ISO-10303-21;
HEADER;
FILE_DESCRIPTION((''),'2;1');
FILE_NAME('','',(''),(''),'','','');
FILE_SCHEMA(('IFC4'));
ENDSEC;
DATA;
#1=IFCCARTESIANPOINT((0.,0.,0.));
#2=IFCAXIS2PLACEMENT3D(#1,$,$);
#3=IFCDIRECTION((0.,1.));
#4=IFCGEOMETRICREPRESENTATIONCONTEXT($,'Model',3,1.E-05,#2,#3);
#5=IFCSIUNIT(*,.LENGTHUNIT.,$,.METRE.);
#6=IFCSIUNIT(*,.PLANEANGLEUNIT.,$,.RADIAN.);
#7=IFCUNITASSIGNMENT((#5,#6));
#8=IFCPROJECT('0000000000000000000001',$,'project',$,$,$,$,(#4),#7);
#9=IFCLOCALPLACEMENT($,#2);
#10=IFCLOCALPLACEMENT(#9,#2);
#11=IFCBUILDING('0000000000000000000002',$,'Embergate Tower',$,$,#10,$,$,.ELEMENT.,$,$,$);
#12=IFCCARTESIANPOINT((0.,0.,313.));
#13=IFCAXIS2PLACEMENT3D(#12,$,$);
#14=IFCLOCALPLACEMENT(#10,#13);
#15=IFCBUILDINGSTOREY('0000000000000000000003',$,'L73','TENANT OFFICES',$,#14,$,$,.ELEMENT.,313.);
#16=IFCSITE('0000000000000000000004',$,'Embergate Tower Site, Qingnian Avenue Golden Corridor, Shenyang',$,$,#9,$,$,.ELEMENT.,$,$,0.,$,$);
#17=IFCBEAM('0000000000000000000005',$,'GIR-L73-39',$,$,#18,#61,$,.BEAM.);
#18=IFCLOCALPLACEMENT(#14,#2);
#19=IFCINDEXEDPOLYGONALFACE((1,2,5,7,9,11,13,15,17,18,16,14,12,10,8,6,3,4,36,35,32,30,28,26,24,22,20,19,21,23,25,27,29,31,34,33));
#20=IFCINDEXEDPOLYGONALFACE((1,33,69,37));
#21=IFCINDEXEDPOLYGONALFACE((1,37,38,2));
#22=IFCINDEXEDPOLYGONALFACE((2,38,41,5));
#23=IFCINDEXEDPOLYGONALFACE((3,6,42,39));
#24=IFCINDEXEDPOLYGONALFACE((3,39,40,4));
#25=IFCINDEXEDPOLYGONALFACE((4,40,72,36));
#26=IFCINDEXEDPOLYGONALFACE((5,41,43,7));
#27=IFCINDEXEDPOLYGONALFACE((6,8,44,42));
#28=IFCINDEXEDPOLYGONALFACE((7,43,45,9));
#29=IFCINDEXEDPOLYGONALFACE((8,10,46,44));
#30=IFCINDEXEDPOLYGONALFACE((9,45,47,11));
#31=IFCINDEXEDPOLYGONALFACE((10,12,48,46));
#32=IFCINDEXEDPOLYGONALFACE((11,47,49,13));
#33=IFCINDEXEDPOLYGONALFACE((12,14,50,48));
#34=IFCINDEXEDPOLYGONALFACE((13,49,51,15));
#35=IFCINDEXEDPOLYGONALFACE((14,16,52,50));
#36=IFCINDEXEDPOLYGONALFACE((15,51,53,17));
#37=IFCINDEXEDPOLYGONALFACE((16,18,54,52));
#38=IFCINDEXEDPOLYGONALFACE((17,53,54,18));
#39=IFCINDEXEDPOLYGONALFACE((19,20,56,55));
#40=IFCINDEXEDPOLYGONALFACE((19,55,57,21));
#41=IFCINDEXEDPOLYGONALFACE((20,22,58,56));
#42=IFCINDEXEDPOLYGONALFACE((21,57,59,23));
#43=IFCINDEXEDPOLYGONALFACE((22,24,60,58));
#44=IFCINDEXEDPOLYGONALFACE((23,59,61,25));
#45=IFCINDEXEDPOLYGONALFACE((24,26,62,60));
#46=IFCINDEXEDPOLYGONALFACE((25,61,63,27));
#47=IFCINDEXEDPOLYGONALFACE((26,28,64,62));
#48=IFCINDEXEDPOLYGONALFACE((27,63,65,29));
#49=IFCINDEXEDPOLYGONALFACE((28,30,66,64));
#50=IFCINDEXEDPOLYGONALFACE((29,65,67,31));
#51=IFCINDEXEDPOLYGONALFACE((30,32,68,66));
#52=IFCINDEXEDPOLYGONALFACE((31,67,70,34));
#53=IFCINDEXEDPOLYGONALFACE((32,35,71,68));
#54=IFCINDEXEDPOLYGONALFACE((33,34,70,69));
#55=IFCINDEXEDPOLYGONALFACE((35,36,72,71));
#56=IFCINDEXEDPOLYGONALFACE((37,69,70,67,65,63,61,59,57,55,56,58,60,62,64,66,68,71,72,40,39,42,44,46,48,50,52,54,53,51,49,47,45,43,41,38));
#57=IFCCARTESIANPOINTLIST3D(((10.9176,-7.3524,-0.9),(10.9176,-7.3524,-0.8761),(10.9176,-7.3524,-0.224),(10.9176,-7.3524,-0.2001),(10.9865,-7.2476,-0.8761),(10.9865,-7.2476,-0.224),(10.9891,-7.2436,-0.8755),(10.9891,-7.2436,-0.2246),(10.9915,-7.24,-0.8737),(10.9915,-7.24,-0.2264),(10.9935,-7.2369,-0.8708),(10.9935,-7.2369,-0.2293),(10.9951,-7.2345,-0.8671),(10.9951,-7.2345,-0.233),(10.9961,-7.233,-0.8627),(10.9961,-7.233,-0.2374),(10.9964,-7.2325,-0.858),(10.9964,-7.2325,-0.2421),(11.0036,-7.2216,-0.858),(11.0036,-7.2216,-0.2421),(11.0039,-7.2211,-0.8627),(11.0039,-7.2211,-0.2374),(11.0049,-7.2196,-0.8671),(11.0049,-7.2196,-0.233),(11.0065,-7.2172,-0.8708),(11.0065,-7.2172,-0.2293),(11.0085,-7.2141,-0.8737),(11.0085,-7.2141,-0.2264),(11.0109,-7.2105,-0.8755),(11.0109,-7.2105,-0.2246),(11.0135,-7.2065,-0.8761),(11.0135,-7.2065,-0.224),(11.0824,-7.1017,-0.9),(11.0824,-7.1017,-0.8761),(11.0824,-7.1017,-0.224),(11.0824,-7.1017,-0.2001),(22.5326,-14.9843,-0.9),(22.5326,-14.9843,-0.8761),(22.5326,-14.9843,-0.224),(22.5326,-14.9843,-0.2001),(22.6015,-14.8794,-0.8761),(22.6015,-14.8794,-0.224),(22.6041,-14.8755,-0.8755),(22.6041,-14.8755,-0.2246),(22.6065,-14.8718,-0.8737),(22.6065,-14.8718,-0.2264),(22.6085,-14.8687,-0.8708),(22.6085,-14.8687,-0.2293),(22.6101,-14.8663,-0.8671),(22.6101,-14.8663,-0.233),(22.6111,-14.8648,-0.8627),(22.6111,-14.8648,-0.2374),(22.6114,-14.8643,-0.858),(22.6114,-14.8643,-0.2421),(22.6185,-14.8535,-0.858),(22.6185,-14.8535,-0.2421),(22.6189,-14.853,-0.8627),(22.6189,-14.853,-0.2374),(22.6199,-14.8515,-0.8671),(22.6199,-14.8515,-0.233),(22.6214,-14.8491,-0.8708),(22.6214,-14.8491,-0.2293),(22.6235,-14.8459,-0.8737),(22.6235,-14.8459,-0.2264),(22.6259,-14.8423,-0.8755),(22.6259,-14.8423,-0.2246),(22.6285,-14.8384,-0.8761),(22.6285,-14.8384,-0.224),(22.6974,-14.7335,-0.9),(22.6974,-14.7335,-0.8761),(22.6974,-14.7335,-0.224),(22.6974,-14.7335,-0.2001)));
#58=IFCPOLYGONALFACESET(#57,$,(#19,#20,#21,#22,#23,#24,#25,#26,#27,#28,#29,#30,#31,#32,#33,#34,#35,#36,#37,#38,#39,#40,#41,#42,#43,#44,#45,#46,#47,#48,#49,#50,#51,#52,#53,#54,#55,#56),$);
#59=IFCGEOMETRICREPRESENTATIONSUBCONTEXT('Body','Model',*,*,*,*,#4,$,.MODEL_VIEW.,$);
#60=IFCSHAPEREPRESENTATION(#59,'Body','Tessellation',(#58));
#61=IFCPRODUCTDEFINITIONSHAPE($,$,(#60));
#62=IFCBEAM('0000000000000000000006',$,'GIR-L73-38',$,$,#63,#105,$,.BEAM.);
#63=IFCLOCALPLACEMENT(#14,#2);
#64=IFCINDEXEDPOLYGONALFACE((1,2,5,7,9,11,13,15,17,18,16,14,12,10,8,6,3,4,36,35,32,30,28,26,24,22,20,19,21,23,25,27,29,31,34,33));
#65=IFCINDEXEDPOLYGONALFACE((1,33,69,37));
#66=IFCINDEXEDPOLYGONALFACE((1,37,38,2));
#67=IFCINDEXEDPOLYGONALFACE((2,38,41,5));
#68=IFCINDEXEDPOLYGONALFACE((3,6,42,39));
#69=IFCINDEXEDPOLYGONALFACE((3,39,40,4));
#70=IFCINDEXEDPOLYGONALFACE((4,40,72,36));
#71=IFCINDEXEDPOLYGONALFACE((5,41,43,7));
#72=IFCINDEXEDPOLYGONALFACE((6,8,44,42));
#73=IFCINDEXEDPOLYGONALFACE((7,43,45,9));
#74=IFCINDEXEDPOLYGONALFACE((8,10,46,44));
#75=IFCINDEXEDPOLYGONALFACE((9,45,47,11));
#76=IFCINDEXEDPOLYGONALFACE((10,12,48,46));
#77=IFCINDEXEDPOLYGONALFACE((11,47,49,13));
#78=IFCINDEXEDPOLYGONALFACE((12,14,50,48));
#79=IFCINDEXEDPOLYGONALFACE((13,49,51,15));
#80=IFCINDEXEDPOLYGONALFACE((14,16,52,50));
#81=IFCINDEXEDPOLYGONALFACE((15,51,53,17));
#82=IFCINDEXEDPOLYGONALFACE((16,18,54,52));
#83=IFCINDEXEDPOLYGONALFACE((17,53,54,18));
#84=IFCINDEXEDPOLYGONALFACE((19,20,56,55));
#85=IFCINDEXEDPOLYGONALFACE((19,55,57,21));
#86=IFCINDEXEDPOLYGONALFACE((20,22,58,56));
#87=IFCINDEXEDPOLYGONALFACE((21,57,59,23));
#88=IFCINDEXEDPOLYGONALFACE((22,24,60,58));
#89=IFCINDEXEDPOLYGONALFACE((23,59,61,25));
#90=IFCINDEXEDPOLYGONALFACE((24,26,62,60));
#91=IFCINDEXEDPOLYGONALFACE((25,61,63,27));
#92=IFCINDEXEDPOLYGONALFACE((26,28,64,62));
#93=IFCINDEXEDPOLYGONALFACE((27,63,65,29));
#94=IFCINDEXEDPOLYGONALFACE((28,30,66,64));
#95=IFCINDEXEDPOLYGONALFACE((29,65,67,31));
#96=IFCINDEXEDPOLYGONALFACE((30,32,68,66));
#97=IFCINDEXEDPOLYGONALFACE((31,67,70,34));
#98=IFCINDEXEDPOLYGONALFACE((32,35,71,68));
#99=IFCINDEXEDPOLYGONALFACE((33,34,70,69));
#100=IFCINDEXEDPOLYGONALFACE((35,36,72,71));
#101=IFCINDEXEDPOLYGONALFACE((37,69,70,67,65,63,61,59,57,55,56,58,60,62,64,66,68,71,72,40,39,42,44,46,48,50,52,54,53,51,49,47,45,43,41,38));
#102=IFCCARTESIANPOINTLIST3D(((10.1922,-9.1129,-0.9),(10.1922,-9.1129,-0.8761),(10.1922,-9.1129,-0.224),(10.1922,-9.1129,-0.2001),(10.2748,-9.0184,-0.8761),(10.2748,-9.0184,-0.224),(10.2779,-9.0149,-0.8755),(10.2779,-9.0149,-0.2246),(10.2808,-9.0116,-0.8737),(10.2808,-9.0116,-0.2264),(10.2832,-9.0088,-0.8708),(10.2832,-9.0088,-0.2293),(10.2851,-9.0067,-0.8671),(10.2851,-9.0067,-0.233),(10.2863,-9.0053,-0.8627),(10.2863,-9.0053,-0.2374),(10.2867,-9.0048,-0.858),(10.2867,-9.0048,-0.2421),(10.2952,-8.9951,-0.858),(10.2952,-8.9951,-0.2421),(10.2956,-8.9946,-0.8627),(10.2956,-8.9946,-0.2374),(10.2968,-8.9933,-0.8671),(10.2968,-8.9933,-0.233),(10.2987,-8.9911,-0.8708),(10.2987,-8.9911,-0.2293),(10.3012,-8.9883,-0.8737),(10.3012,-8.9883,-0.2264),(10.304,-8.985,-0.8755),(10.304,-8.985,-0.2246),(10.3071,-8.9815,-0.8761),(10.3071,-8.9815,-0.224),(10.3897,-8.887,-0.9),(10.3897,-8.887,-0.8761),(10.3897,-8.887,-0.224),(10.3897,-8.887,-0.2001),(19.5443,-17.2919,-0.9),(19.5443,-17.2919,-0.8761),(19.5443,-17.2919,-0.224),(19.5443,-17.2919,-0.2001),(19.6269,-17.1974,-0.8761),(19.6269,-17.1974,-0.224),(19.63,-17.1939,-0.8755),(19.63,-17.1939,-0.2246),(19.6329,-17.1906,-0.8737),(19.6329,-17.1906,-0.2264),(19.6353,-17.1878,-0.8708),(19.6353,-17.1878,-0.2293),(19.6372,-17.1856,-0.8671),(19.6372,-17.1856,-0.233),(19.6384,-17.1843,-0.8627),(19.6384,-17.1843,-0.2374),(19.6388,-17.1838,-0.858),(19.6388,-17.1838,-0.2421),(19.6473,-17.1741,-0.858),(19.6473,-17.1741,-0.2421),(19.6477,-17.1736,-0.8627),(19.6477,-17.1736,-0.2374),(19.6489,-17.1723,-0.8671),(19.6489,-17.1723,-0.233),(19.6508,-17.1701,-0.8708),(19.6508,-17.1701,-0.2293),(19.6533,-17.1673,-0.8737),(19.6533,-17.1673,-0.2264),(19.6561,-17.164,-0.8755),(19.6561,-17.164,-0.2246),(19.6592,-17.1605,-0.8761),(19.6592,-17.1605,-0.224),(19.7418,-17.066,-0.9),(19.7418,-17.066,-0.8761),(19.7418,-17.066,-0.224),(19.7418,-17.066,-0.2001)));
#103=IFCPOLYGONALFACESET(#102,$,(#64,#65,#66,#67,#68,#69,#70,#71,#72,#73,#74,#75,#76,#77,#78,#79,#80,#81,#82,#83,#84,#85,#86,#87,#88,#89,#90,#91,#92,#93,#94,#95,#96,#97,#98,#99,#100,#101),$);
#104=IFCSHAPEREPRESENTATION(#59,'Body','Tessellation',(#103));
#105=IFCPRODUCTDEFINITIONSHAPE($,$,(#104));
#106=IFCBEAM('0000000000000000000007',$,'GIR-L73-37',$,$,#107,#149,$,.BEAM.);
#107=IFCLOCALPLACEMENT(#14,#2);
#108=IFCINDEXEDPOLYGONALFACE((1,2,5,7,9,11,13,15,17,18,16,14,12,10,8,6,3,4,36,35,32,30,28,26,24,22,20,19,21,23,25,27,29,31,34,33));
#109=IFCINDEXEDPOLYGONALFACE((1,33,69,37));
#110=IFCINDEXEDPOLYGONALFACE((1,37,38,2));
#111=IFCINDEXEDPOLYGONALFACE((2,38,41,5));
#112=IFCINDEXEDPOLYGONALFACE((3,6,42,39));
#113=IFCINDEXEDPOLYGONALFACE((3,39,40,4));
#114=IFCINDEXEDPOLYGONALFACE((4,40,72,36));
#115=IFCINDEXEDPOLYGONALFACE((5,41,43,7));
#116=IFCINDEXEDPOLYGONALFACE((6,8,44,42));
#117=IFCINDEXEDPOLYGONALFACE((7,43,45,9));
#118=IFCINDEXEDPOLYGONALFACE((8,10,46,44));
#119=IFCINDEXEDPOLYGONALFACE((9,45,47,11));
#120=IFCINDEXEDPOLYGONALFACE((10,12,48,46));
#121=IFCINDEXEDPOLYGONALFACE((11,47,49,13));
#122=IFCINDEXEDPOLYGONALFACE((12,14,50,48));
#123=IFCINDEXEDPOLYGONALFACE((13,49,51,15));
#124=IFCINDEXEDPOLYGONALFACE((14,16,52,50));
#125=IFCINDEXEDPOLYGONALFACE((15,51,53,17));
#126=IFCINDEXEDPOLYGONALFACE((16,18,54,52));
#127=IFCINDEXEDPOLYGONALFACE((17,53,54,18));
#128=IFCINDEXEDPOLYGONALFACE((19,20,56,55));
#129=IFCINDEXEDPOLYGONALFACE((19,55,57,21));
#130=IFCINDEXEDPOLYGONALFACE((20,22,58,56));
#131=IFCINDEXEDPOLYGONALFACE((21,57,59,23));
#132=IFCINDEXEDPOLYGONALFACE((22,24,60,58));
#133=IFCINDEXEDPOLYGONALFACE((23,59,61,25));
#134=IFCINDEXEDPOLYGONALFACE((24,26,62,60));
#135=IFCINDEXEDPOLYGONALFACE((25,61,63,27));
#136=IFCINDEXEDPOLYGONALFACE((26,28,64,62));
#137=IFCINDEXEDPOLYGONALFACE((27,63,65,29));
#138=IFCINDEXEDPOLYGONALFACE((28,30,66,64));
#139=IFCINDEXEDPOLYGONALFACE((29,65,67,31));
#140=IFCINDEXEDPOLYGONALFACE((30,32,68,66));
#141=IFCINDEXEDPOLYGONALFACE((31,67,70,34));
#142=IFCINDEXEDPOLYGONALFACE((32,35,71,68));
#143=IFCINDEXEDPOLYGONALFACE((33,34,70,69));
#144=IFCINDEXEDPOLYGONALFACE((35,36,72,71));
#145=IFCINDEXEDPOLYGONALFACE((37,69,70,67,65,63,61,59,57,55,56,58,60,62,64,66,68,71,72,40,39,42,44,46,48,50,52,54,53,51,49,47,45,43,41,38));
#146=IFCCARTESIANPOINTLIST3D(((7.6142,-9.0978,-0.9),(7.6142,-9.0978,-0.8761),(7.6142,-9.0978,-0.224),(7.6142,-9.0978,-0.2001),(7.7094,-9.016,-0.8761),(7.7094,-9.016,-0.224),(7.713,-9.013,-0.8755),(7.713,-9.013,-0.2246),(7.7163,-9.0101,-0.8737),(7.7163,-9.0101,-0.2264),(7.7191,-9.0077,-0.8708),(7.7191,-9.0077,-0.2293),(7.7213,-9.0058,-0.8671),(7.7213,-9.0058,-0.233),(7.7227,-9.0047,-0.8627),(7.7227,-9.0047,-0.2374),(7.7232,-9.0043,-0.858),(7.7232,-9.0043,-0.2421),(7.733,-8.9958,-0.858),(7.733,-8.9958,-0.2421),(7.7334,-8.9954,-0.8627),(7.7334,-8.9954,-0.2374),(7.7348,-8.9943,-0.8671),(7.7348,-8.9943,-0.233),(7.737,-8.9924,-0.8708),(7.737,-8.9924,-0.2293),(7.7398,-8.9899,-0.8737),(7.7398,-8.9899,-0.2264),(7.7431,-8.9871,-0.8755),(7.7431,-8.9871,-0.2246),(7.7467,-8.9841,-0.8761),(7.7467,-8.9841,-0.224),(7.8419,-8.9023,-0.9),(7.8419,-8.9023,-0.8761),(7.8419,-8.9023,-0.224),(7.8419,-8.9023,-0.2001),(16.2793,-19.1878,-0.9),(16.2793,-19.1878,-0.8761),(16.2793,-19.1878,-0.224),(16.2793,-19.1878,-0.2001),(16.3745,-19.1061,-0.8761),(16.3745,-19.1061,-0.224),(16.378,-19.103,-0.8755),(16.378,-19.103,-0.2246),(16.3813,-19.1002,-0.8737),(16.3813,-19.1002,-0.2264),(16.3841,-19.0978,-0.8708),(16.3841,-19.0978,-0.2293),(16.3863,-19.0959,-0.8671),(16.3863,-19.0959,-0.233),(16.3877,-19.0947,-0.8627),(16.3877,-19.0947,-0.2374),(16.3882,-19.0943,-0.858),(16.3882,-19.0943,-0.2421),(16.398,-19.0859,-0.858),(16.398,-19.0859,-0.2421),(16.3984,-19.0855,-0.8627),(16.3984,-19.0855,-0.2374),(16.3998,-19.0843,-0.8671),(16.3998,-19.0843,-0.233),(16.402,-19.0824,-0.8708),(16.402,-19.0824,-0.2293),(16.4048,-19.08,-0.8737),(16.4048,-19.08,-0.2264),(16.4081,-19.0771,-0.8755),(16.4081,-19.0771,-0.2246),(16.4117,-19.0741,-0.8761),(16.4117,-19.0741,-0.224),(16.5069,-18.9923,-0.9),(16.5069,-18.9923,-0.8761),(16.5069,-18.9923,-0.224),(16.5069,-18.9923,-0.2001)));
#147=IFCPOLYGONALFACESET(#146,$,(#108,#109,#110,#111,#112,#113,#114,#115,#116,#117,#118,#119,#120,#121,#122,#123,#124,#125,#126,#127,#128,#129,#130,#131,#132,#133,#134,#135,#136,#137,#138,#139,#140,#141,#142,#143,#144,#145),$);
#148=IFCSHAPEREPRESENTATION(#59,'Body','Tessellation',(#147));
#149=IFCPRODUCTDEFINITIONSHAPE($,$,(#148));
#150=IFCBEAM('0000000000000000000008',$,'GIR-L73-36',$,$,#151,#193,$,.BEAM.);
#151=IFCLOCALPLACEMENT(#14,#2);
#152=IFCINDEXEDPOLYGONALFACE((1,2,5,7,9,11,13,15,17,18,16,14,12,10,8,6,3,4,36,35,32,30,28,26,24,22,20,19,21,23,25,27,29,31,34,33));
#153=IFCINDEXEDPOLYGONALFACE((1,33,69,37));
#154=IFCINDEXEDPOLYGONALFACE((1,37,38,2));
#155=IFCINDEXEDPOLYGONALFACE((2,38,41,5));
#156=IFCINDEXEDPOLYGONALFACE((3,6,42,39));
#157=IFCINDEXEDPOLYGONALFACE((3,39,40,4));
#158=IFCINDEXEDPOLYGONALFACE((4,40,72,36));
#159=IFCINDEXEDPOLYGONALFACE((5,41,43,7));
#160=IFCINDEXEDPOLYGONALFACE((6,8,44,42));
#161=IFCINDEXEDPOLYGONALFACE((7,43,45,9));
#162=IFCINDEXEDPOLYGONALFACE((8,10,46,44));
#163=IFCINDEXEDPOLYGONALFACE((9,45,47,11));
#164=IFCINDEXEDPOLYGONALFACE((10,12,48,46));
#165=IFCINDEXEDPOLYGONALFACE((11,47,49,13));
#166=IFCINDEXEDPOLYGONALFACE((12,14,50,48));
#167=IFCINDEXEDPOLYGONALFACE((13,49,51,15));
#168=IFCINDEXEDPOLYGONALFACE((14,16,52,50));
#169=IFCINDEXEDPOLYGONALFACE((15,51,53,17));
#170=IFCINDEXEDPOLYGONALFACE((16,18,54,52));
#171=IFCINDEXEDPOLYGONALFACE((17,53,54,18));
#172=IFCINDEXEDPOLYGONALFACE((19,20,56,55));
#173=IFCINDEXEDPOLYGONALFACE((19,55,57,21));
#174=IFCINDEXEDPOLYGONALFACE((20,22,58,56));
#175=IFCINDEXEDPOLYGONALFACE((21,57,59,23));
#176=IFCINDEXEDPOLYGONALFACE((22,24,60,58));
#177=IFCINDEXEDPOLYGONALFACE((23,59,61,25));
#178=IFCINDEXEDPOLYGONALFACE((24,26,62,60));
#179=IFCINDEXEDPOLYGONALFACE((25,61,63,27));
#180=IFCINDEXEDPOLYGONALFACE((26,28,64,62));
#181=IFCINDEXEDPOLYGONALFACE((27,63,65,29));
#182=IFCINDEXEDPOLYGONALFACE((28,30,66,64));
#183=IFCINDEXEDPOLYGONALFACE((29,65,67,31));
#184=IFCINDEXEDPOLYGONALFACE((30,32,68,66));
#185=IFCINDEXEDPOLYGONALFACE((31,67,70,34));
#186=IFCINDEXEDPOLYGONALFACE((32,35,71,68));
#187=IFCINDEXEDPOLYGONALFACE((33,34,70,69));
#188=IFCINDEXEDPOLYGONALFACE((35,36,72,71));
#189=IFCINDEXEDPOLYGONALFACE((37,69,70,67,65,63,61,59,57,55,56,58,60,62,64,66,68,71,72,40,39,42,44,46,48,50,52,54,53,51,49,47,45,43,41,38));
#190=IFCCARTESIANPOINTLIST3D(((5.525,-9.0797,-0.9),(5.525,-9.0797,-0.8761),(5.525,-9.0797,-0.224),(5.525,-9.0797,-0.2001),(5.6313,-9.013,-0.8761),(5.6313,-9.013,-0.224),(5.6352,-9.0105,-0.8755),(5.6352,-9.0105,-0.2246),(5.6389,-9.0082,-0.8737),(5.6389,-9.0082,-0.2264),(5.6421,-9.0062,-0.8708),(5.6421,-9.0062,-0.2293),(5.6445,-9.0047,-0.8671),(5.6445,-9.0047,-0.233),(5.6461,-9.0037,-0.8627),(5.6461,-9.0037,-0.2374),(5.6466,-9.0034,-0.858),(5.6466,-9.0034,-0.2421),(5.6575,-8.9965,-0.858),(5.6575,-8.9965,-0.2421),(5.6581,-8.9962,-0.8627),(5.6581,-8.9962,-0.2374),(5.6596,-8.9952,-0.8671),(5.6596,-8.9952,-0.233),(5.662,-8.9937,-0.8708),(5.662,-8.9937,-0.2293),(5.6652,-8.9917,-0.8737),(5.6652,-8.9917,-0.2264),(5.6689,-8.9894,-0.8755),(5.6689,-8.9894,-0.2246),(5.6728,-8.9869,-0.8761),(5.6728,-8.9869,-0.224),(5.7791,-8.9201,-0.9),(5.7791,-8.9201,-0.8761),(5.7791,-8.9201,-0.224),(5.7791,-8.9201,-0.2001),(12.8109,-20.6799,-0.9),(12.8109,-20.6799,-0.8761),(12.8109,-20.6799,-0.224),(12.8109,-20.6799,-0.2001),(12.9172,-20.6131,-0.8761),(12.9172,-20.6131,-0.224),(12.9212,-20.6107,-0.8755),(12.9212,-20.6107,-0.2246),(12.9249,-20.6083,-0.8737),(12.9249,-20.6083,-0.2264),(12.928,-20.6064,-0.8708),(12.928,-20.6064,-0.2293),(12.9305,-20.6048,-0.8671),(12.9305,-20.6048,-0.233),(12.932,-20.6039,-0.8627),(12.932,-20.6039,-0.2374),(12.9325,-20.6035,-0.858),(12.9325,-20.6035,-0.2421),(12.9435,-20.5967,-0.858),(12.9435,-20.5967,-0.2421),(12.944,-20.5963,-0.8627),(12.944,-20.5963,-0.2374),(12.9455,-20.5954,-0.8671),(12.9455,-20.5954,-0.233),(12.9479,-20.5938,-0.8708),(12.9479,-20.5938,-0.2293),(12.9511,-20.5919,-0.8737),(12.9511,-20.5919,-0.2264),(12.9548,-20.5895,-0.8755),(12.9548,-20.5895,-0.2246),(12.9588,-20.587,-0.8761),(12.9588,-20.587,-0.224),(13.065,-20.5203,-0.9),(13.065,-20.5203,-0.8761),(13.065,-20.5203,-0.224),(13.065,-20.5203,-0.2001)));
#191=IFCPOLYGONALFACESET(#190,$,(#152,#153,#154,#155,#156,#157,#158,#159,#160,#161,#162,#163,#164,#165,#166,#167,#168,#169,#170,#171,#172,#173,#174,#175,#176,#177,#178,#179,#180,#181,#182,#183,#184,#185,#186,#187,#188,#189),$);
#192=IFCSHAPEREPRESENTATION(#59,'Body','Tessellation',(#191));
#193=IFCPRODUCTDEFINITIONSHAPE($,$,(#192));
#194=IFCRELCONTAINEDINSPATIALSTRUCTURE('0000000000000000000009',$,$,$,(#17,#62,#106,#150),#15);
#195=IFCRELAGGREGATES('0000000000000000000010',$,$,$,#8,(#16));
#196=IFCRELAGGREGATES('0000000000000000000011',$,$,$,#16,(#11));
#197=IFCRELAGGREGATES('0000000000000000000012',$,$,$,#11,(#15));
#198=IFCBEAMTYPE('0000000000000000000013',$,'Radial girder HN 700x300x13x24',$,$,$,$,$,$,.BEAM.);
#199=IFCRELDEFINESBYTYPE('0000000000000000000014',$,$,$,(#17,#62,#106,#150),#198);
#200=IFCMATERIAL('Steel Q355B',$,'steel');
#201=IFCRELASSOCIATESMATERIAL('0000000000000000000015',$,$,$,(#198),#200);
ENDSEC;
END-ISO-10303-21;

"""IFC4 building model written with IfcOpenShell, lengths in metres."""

from ifc_helpers import new_model, si_unit, direction, frame, origin, origin_2d, place, context, subcontext, project, spatial, i_section, extrude, source, transform, mapped, material, material_profile, profile_set, type_object, element, save


model = new_model("IFC4")

# Units and contexts
model_context = context("Model", 3, precision=1e-05, world=origin(), true_north=direction((0.0, 1.0)))
body_context = subcontext(model_context, "Body", "Model", "MODEL_VIEW")
ifc_project = project(units=[si_unit("LENGTHUNIT", "METRE"), si_unit("PLANEANGLEUNIT", "RADIAN")], contexts=[model_context])

# Site, building, storey
site_placement = place(None, origin())
site = spatial("IfcSite", under=ifc_project, at=site_placement, Name="Embergate Tower Site, Qingnian Avenue Golden Corridor, Shenyang", CompositionType="ELEMENT", RefElevation=0.0)
building_placement = place(site_placement, origin())
building = spatial("IfcBuilding", under=site, at=building_placement, Name="Embergate Tower", CompositionType="ELEMENT")
storey_placement = place(building_placement, frame((0.0, 0.0, 313.0)))
storey = spatial("IfcBuildingStorey", under=building, at=storey_placement, Name="L73", Description="TENANT OFFICES", CompositionType="ELEMENT", Elevation=313.0)

# Beams
ifc_material_1 = material(Name="Steel Q355B", Category="steel")
ifc_material_profile_1 = material_profile(ifc_material_1, i_section(OverallWidth=0.3, OverallDepth=0.7, WebThickness=0.0129, FlangeThickness=0.0239, FilletRadius=0.0181, at=origin_2d()), Name="HN 700x300x13x24")
ifc_profile_set_1 = profile_set([ifc_material_profile_1], Name="Steel Q355 grade B")
beam_type_1 = type_object("IfcBeamType", Name="Radial girder HN 700x300x13x24", PredefinedType="BEAM", material=ifc_profile_set_1)
shared_shape_1 = source(origin(), body_context, "Body", "SweptSolid", [
    extrude(i_section(OverallWidth=0.3, OverallDepth=0.7, WebThickness=0.0129, FlangeThickness=0.0239, FilletRadius=0.0181, at=origin_2d()), origin(), (0.0, 0.0, 1.0), 13.8979),
])
beam_1_placement = place(storey_placement, frame((22.615, -14.8589, -0.55), z_axis=(-0.835734, 0.549134, 0.0), x_axis=(-0.549134, -0.835734, 0.0)))
element("IfcBeam", 1, at=beam_1_placement, inside=storey, type_object=beam_type_1, Name="GIR-L73-39", PredefinedType="BEAM", context=body_context, shape_type="MappedRepresentation", body=[
    mapped(shared_shape_1, transform((0.0, 0.0, 0.0))),
])
shared_shape_2 = source(origin(), body_context, "Body", "SweptSolid", [
    extrude(i_section(OverallWidth=0.3, OverallDepth=0.7, WebThickness=0.0129, FlangeThickness=0.0239, FilletRadius=0.0181, at=origin_2d()), origin(), (0.0, 0.0, 1.0), 12.4241),
])
beam_2_placement = place(storey_placement, frame((19.6431, -17.179, -0.55), z_axis=(-0.75274, 0.658318, 0.0), x_axis=(-0.658318, -0.75274, 0.0)))
element("IfcBeam", 2, at=beam_2_placement, inside=storey, type_object=beam_type_1, Name="GIR-L73-38", PredefinedType="BEAM", context=body_context, shape_type="MappedRepresentation", body=[
    mapped(shared_shape_2, transform((0.0, 0.0, 0.0))),
])
shared_shape_3 = source(origin(), body_context, "Body", "SweptSolid", [
    extrude(i_section(OverallWidth=0.3, OverallDepth=0.7, WebThickness=0.0129, FlangeThickness=0.0239, FilletRadius=0.0181, at=origin_2d()), origin(), (0.0, 0.0, 1.0), 13.3),
])
beam_3_placement = place(storey_placement, frame((16.3931, -19.0901, -0.55), z_axis=(-0.651502, 0.758647, 0.0), x_axis=(-0.758647, -0.651502, 0.0)))
element("IfcBeam", 3, at=beam_3_placement, inside=storey, type_object=beam_type_1, Name="GIR-L73-37", PredefinedType="BEAM", context=body_context, shape_type="MappedRepresentation", body=[
    mapped(shared_shape_3, transform((0.0, 0.0, 0.0))),
])
shared_shape_4 = source(origin(), body_context, "Body", "SweptSolid", [
    extrude(i_section(OverallWidth=0.3, OverallDepth=0.7, WebThickness=0.0129, FlangeThickness=0.0239, FilletRadius=0.0181, at=origin_2d()), origin(), (0.0, 0.0, 1.0), 13.6985),
])
beam_4_placement = place(storey_placement, frame((12.938, -20.6001, -0.55), z_axis=(-0.531878, 0.846821, 0.0), x_axis=(-0.846821, -0.531878, 0.0)))
element("IfcBeam", 4, at=beam_4_placement, inside=storey, type_object=beam_type_1, Name="GIR-L73-36", PredefinedType="BEAM", context=body_context, shape_type="MappedRepresentation", body=[
    mapped(shared_shape_4, transform((0.0, 0.0, 0.0))),
])

save(model, "model.ifc")
